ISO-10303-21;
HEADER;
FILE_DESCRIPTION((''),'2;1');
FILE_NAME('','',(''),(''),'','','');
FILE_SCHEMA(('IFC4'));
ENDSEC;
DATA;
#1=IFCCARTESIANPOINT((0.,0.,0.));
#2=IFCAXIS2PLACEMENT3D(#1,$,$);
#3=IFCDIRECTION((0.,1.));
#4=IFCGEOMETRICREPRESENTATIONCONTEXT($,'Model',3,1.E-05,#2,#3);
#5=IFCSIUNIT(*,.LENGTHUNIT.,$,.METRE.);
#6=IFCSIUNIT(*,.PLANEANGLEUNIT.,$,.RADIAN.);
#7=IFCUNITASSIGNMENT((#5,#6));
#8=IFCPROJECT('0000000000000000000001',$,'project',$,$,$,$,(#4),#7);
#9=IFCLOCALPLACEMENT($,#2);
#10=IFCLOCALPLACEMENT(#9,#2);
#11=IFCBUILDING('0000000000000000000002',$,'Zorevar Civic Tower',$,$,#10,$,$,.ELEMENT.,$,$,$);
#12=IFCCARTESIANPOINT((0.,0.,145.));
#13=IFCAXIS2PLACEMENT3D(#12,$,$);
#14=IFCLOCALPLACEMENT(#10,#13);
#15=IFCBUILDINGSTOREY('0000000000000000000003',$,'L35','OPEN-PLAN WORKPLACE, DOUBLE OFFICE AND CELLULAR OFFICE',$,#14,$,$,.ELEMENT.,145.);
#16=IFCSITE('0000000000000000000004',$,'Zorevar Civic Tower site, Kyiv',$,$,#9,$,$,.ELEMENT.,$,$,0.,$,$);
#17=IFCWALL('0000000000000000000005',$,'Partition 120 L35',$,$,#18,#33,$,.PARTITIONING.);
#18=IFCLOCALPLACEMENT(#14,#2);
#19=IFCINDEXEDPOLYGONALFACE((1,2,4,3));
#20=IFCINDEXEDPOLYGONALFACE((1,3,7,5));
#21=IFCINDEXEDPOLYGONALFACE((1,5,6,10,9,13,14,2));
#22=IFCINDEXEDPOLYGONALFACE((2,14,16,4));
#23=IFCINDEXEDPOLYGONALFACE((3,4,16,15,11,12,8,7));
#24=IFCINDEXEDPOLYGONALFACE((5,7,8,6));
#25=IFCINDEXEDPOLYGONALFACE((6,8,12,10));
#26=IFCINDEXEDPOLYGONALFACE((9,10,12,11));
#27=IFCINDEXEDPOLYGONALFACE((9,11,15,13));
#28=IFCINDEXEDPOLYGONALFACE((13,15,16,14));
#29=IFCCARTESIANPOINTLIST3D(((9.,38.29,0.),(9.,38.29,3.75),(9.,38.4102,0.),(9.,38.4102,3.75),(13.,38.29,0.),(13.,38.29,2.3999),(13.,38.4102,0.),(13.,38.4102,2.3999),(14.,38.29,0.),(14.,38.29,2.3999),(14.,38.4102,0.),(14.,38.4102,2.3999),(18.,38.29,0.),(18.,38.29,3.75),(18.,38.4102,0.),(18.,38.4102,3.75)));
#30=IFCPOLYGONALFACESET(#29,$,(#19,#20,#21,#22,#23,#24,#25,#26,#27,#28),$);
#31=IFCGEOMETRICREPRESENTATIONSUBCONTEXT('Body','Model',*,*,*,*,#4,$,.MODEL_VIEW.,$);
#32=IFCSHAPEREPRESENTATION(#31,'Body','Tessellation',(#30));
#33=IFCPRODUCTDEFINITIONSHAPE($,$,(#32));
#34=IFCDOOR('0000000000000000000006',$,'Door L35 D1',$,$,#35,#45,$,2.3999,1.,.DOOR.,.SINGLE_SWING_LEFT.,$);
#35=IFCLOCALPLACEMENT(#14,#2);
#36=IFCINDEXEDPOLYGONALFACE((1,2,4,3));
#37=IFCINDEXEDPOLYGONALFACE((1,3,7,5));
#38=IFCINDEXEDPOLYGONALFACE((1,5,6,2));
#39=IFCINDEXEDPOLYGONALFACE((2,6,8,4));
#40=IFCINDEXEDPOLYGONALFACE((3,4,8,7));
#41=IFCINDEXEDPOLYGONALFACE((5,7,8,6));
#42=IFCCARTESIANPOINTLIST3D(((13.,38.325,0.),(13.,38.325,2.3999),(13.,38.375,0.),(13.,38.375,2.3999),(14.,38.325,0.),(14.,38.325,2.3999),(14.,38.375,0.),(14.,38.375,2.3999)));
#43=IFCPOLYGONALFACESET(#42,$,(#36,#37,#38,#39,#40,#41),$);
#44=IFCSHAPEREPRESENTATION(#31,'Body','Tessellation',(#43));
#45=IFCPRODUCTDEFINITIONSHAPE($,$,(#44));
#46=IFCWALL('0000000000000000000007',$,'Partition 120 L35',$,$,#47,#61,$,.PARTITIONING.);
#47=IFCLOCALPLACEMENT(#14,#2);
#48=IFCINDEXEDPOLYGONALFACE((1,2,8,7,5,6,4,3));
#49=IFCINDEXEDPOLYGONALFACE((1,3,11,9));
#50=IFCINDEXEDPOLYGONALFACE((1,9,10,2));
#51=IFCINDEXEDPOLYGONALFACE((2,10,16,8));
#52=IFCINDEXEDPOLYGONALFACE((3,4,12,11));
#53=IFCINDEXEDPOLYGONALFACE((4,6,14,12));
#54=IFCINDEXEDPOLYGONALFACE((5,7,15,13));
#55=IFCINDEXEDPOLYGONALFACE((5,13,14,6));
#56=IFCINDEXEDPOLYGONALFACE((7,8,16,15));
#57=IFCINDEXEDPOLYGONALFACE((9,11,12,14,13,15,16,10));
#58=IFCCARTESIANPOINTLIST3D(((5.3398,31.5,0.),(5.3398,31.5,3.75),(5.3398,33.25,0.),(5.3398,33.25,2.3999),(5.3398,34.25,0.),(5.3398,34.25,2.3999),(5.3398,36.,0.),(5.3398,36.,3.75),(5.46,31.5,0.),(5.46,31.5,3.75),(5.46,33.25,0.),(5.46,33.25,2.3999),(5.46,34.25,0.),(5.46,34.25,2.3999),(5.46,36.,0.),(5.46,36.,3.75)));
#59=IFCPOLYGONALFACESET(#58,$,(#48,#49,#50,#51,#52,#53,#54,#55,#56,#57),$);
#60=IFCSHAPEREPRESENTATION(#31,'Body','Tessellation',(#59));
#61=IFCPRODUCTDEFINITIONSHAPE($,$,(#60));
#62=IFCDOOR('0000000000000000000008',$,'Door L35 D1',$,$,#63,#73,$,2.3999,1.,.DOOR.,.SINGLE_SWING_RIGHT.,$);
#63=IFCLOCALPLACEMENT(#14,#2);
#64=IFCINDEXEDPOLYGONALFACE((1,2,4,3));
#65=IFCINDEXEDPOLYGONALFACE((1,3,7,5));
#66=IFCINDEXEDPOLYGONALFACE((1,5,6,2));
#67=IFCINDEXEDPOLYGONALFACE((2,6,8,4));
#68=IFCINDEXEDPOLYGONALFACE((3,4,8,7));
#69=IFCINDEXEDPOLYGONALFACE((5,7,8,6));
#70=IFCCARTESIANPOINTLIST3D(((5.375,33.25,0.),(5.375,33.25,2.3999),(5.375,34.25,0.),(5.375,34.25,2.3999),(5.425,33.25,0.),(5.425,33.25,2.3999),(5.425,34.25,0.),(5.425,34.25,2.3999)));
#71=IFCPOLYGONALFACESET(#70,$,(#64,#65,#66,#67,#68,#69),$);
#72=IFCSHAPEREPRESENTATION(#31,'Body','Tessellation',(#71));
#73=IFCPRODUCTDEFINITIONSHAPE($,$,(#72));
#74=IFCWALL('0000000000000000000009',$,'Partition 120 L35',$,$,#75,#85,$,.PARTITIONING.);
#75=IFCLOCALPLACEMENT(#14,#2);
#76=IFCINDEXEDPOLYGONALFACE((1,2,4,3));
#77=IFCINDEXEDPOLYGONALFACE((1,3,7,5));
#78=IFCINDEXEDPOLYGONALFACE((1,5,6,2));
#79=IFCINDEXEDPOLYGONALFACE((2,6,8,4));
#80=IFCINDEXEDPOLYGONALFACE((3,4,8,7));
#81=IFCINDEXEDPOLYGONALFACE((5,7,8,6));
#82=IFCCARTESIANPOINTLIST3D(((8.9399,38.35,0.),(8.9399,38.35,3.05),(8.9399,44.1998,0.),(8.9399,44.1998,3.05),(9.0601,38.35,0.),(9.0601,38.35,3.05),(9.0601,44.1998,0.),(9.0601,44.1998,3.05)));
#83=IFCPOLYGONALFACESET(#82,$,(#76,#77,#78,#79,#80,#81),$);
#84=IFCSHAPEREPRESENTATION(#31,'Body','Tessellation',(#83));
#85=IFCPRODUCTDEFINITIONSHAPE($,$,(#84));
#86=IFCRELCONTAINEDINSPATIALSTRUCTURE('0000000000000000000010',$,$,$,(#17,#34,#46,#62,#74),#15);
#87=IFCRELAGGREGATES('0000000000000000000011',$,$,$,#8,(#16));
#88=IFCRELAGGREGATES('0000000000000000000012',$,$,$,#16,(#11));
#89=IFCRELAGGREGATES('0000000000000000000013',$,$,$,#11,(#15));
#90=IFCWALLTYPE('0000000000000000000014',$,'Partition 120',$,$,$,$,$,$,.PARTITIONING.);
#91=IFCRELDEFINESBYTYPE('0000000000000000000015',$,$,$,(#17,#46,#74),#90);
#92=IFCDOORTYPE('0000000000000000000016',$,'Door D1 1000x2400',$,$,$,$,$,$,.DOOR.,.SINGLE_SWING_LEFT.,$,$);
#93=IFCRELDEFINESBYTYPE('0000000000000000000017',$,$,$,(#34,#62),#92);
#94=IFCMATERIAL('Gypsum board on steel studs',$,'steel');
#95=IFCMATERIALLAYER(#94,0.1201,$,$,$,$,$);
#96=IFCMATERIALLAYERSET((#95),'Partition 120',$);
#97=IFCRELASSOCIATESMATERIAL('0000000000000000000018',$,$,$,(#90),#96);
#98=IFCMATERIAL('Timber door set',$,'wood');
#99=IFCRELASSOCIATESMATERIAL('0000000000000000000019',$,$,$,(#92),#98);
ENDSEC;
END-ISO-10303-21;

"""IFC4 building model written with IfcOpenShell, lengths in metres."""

from ifc_helpers import new_model, si_unit, direction, frame, frame_2d, origin, place, context, subcontext, project, spatial, rectangle, extrude, material, layer, layer_set, type_object, element, fill, save


model = new_model("IFC4")

# Units and contexts
model_context = context("Model", 3, precision=1e-05, world=origin(), true_north=direction((0.0, 1.0)))
body_context = subcontext(model_context, "Body", "Model", "MODEL_VIEW")
ifc_project = project(units=[si_unit("LENGTHUNIT", "METRE"), si_unit("PLANEANGLEUNIT", "RADIAN")], contexts=[model_context])

# Site, building, storey
site_placement = place(None, origin())
site = spatial("IfcSite", under=ifc_project, at=site_placement, Name="Zorevar Civic Tower site, Kyiv", CompositionType="ELEMENT", RefElevation=0.0)
building_placement = place(site_placement, origin())
building = spatial("IfcBuilding", under=site, at=building_placement, Name="Zorevar Civic Tower", CompositionType="ELEMENT")
storey_placement = place(building_placement, frame((0.0, 0.0, 145.0)))
storey = spatial("IfcBuildingStorey", under=building, at=storey_placement, Name="L35", Description="OPEN-PLAN WORKPLACE, DOUBLE OFFICE AND CELLULAR OFFICE", CompositionType="ELEMENT", Elevation=145.0)

# Shared definitions
ifc_material_1 = material(Name="Gypsum board on steel studs", Category="steel")
ifc_layer_1 = layer(ifc_material_1, 0.1201)
ifc_layer_set_1 = layer_set([ifc_layer_1], Name="Partition 120")
wall_type_1 = type_object("IfcWallType", Name="Partition 120", PredefinedType="PARTITIONING", material=ifc_layer_set_1)

# Walls, openings, doors
wall_1_placement = place(storey_placement, frame((9.0, 38.3501, 0.0), z_axis=(0.0, 0.0, 1.0), x_axis=(1.0, 0.0, 0.0)))
wall_1 = element("IfcWall", 1, at=wall_1_placement, inside=storey, type_object=wall_type_1, Name="Partition 120 L35", PredefinedType="PARTITIONING", context=body_context, shape_type="SweptSolid", body=[
    extrude(rectangle(XDim=9.0, YDim=0.1201, at=frame_2d((4.5, 0.0))), origin(), (0.0, 0.0, 1.0), 3.75),
])
opening_1_placement = place(wall_1_placement, frame((4.0, 0.0, 0.0)))
opening_1 = element("IfcOpeningElement", 2, at=opening_1_placement, cuts=wall_1, PredefinedType="OPENING", context=body_context, shape_type="SweptSolid", body=[
    extrude(rectangle(XDim=1.0, YDim=2.3999, at=frame_2d((0.5, 1.2))), frame((0.0, 0.0701, 0.0), z_axis=(0.0, -1.0, 0.0), x_axis=(1.0, 0.0, 0.0)), (0.0, 0.0, 1.0), 0.1401),
])
ifc_material_2 = material(Name="Timber door set", Category="wood")
door_type = type_object("IfcDoorType", Name="Door D1 1000x2400", OperationType="SINGLE_SWING_LEFT", PredefinedType="DOOR", material=ifc_material_2)
door_1_placement = place(opening_1_placement, origin())
door_1 = element("IfcDoor", 3, at=door_1_placement, inside=storey, type_object=door_type, Name="Door L35 D1", OperationType="SINGLE_SWING_LEFT", OverallHeight=2.3999, OverallWidth=1.0, PredefinedType="DOOR", context=body_context, shape_type="SweptSolid", body=[
    extrude(rectangle(XDim=1.0, YDim=2.3999, at=frame_2d((0.5, 1.2))), frame((0.0, 0.0249, 0.0), z_axis=(0.0, -1.0, 0.0), x_axis=(1.0, 0.0, 0.0)), (0.0, 0.0, 1.0), 0.05),
])
fill(opening_1, door_1)
wall_2_placement = place(storey_placement, frame((5.3999, 31.5, 0.0), z_axis=(0.0, 0.0, 1.0), x_axis=(0.0, 1.0, 0.0)))
wall_2 = element("IfcWall", 4, at=wall_2_placement, inside=storey, type_object=wall_type_1, Name="Partition 120 L35", PredefinedType="PARTITIONING", context=body_context, shape_type="SweptSolid", body=[
    extrude(rectangle(XDim=4.5, YDim=0.1201, at=frame_2d((2.25, 0.0))), origin(), (0.0, 0.0, 1.0), 3.75),
])
opening_2_placement = place(wall_2_placement, frame((1.75, 0.0, 0.0)))
opening_2 = element("IfcOpeningElement", 5, at=opening_2_placement, cuts=wall_2, PredefinedType="OPENING", context=body_context, shape_type="SweptSolid", body=[
    extrude(rectangle(XDim=1.0, YDim=2.3999, at=frame_2d((0.5, 1.2))), frame((0.0, 0.0701, 0.0), z_axis=(0.0, -1.0, 0.0), x_axis=(1.0, 0.0, 0.0)), (0.0, 0.0, 1.0), 0.1401),
])
door_2_placement = place(opening_2_placement, origin())
door_2 = element("IfcDoor", 6, at=door_2_placement, inside=storey, type_object=door_type, Name="Door L35 D1", OperationType="SINGLE_SWING_RIGHT", OverallHeight=2.3999, OverallWidth=1.0, PredefinedType="DOOR", context=body_context, shape_type="SweptSolid", body=[
    extrude(rectangle(XDim=1.0, YDim=2.3999, at=frame_2d((0.5, 1.2))), frame((0.0, 0.0249, 0.0), z_axis=(0.0, -1.0, 0.0), x_axis=(1.0, 0.0, 0.0)), (0.0, 0.0, 1.0), 0.05),
])
fill(opening_2, door_2)

# Wall
wall_3_placement = place(storey_placement, frame((9.0, 38.3501, 0.0), z_axis=(0.0, 0.0, 1.0), x_axis=(0.0, 1.0, 0.0)))
element("IfcWall", 7, at=wall_3_placement, inside=storey, type_object=wall_type_1, Name="Partition 120 L35", PredefinedType="PARTITIONING", context=body_context, shape_type="SweptSolid", body=[
    extrude(rectangle(XDim=5.8499, YDim=0.1201, at=frame_2d((2.9248, 0.0))), origin(), (0.0, 0.0, 1.0), 3.05),
])

save(model, "model.ifc")
